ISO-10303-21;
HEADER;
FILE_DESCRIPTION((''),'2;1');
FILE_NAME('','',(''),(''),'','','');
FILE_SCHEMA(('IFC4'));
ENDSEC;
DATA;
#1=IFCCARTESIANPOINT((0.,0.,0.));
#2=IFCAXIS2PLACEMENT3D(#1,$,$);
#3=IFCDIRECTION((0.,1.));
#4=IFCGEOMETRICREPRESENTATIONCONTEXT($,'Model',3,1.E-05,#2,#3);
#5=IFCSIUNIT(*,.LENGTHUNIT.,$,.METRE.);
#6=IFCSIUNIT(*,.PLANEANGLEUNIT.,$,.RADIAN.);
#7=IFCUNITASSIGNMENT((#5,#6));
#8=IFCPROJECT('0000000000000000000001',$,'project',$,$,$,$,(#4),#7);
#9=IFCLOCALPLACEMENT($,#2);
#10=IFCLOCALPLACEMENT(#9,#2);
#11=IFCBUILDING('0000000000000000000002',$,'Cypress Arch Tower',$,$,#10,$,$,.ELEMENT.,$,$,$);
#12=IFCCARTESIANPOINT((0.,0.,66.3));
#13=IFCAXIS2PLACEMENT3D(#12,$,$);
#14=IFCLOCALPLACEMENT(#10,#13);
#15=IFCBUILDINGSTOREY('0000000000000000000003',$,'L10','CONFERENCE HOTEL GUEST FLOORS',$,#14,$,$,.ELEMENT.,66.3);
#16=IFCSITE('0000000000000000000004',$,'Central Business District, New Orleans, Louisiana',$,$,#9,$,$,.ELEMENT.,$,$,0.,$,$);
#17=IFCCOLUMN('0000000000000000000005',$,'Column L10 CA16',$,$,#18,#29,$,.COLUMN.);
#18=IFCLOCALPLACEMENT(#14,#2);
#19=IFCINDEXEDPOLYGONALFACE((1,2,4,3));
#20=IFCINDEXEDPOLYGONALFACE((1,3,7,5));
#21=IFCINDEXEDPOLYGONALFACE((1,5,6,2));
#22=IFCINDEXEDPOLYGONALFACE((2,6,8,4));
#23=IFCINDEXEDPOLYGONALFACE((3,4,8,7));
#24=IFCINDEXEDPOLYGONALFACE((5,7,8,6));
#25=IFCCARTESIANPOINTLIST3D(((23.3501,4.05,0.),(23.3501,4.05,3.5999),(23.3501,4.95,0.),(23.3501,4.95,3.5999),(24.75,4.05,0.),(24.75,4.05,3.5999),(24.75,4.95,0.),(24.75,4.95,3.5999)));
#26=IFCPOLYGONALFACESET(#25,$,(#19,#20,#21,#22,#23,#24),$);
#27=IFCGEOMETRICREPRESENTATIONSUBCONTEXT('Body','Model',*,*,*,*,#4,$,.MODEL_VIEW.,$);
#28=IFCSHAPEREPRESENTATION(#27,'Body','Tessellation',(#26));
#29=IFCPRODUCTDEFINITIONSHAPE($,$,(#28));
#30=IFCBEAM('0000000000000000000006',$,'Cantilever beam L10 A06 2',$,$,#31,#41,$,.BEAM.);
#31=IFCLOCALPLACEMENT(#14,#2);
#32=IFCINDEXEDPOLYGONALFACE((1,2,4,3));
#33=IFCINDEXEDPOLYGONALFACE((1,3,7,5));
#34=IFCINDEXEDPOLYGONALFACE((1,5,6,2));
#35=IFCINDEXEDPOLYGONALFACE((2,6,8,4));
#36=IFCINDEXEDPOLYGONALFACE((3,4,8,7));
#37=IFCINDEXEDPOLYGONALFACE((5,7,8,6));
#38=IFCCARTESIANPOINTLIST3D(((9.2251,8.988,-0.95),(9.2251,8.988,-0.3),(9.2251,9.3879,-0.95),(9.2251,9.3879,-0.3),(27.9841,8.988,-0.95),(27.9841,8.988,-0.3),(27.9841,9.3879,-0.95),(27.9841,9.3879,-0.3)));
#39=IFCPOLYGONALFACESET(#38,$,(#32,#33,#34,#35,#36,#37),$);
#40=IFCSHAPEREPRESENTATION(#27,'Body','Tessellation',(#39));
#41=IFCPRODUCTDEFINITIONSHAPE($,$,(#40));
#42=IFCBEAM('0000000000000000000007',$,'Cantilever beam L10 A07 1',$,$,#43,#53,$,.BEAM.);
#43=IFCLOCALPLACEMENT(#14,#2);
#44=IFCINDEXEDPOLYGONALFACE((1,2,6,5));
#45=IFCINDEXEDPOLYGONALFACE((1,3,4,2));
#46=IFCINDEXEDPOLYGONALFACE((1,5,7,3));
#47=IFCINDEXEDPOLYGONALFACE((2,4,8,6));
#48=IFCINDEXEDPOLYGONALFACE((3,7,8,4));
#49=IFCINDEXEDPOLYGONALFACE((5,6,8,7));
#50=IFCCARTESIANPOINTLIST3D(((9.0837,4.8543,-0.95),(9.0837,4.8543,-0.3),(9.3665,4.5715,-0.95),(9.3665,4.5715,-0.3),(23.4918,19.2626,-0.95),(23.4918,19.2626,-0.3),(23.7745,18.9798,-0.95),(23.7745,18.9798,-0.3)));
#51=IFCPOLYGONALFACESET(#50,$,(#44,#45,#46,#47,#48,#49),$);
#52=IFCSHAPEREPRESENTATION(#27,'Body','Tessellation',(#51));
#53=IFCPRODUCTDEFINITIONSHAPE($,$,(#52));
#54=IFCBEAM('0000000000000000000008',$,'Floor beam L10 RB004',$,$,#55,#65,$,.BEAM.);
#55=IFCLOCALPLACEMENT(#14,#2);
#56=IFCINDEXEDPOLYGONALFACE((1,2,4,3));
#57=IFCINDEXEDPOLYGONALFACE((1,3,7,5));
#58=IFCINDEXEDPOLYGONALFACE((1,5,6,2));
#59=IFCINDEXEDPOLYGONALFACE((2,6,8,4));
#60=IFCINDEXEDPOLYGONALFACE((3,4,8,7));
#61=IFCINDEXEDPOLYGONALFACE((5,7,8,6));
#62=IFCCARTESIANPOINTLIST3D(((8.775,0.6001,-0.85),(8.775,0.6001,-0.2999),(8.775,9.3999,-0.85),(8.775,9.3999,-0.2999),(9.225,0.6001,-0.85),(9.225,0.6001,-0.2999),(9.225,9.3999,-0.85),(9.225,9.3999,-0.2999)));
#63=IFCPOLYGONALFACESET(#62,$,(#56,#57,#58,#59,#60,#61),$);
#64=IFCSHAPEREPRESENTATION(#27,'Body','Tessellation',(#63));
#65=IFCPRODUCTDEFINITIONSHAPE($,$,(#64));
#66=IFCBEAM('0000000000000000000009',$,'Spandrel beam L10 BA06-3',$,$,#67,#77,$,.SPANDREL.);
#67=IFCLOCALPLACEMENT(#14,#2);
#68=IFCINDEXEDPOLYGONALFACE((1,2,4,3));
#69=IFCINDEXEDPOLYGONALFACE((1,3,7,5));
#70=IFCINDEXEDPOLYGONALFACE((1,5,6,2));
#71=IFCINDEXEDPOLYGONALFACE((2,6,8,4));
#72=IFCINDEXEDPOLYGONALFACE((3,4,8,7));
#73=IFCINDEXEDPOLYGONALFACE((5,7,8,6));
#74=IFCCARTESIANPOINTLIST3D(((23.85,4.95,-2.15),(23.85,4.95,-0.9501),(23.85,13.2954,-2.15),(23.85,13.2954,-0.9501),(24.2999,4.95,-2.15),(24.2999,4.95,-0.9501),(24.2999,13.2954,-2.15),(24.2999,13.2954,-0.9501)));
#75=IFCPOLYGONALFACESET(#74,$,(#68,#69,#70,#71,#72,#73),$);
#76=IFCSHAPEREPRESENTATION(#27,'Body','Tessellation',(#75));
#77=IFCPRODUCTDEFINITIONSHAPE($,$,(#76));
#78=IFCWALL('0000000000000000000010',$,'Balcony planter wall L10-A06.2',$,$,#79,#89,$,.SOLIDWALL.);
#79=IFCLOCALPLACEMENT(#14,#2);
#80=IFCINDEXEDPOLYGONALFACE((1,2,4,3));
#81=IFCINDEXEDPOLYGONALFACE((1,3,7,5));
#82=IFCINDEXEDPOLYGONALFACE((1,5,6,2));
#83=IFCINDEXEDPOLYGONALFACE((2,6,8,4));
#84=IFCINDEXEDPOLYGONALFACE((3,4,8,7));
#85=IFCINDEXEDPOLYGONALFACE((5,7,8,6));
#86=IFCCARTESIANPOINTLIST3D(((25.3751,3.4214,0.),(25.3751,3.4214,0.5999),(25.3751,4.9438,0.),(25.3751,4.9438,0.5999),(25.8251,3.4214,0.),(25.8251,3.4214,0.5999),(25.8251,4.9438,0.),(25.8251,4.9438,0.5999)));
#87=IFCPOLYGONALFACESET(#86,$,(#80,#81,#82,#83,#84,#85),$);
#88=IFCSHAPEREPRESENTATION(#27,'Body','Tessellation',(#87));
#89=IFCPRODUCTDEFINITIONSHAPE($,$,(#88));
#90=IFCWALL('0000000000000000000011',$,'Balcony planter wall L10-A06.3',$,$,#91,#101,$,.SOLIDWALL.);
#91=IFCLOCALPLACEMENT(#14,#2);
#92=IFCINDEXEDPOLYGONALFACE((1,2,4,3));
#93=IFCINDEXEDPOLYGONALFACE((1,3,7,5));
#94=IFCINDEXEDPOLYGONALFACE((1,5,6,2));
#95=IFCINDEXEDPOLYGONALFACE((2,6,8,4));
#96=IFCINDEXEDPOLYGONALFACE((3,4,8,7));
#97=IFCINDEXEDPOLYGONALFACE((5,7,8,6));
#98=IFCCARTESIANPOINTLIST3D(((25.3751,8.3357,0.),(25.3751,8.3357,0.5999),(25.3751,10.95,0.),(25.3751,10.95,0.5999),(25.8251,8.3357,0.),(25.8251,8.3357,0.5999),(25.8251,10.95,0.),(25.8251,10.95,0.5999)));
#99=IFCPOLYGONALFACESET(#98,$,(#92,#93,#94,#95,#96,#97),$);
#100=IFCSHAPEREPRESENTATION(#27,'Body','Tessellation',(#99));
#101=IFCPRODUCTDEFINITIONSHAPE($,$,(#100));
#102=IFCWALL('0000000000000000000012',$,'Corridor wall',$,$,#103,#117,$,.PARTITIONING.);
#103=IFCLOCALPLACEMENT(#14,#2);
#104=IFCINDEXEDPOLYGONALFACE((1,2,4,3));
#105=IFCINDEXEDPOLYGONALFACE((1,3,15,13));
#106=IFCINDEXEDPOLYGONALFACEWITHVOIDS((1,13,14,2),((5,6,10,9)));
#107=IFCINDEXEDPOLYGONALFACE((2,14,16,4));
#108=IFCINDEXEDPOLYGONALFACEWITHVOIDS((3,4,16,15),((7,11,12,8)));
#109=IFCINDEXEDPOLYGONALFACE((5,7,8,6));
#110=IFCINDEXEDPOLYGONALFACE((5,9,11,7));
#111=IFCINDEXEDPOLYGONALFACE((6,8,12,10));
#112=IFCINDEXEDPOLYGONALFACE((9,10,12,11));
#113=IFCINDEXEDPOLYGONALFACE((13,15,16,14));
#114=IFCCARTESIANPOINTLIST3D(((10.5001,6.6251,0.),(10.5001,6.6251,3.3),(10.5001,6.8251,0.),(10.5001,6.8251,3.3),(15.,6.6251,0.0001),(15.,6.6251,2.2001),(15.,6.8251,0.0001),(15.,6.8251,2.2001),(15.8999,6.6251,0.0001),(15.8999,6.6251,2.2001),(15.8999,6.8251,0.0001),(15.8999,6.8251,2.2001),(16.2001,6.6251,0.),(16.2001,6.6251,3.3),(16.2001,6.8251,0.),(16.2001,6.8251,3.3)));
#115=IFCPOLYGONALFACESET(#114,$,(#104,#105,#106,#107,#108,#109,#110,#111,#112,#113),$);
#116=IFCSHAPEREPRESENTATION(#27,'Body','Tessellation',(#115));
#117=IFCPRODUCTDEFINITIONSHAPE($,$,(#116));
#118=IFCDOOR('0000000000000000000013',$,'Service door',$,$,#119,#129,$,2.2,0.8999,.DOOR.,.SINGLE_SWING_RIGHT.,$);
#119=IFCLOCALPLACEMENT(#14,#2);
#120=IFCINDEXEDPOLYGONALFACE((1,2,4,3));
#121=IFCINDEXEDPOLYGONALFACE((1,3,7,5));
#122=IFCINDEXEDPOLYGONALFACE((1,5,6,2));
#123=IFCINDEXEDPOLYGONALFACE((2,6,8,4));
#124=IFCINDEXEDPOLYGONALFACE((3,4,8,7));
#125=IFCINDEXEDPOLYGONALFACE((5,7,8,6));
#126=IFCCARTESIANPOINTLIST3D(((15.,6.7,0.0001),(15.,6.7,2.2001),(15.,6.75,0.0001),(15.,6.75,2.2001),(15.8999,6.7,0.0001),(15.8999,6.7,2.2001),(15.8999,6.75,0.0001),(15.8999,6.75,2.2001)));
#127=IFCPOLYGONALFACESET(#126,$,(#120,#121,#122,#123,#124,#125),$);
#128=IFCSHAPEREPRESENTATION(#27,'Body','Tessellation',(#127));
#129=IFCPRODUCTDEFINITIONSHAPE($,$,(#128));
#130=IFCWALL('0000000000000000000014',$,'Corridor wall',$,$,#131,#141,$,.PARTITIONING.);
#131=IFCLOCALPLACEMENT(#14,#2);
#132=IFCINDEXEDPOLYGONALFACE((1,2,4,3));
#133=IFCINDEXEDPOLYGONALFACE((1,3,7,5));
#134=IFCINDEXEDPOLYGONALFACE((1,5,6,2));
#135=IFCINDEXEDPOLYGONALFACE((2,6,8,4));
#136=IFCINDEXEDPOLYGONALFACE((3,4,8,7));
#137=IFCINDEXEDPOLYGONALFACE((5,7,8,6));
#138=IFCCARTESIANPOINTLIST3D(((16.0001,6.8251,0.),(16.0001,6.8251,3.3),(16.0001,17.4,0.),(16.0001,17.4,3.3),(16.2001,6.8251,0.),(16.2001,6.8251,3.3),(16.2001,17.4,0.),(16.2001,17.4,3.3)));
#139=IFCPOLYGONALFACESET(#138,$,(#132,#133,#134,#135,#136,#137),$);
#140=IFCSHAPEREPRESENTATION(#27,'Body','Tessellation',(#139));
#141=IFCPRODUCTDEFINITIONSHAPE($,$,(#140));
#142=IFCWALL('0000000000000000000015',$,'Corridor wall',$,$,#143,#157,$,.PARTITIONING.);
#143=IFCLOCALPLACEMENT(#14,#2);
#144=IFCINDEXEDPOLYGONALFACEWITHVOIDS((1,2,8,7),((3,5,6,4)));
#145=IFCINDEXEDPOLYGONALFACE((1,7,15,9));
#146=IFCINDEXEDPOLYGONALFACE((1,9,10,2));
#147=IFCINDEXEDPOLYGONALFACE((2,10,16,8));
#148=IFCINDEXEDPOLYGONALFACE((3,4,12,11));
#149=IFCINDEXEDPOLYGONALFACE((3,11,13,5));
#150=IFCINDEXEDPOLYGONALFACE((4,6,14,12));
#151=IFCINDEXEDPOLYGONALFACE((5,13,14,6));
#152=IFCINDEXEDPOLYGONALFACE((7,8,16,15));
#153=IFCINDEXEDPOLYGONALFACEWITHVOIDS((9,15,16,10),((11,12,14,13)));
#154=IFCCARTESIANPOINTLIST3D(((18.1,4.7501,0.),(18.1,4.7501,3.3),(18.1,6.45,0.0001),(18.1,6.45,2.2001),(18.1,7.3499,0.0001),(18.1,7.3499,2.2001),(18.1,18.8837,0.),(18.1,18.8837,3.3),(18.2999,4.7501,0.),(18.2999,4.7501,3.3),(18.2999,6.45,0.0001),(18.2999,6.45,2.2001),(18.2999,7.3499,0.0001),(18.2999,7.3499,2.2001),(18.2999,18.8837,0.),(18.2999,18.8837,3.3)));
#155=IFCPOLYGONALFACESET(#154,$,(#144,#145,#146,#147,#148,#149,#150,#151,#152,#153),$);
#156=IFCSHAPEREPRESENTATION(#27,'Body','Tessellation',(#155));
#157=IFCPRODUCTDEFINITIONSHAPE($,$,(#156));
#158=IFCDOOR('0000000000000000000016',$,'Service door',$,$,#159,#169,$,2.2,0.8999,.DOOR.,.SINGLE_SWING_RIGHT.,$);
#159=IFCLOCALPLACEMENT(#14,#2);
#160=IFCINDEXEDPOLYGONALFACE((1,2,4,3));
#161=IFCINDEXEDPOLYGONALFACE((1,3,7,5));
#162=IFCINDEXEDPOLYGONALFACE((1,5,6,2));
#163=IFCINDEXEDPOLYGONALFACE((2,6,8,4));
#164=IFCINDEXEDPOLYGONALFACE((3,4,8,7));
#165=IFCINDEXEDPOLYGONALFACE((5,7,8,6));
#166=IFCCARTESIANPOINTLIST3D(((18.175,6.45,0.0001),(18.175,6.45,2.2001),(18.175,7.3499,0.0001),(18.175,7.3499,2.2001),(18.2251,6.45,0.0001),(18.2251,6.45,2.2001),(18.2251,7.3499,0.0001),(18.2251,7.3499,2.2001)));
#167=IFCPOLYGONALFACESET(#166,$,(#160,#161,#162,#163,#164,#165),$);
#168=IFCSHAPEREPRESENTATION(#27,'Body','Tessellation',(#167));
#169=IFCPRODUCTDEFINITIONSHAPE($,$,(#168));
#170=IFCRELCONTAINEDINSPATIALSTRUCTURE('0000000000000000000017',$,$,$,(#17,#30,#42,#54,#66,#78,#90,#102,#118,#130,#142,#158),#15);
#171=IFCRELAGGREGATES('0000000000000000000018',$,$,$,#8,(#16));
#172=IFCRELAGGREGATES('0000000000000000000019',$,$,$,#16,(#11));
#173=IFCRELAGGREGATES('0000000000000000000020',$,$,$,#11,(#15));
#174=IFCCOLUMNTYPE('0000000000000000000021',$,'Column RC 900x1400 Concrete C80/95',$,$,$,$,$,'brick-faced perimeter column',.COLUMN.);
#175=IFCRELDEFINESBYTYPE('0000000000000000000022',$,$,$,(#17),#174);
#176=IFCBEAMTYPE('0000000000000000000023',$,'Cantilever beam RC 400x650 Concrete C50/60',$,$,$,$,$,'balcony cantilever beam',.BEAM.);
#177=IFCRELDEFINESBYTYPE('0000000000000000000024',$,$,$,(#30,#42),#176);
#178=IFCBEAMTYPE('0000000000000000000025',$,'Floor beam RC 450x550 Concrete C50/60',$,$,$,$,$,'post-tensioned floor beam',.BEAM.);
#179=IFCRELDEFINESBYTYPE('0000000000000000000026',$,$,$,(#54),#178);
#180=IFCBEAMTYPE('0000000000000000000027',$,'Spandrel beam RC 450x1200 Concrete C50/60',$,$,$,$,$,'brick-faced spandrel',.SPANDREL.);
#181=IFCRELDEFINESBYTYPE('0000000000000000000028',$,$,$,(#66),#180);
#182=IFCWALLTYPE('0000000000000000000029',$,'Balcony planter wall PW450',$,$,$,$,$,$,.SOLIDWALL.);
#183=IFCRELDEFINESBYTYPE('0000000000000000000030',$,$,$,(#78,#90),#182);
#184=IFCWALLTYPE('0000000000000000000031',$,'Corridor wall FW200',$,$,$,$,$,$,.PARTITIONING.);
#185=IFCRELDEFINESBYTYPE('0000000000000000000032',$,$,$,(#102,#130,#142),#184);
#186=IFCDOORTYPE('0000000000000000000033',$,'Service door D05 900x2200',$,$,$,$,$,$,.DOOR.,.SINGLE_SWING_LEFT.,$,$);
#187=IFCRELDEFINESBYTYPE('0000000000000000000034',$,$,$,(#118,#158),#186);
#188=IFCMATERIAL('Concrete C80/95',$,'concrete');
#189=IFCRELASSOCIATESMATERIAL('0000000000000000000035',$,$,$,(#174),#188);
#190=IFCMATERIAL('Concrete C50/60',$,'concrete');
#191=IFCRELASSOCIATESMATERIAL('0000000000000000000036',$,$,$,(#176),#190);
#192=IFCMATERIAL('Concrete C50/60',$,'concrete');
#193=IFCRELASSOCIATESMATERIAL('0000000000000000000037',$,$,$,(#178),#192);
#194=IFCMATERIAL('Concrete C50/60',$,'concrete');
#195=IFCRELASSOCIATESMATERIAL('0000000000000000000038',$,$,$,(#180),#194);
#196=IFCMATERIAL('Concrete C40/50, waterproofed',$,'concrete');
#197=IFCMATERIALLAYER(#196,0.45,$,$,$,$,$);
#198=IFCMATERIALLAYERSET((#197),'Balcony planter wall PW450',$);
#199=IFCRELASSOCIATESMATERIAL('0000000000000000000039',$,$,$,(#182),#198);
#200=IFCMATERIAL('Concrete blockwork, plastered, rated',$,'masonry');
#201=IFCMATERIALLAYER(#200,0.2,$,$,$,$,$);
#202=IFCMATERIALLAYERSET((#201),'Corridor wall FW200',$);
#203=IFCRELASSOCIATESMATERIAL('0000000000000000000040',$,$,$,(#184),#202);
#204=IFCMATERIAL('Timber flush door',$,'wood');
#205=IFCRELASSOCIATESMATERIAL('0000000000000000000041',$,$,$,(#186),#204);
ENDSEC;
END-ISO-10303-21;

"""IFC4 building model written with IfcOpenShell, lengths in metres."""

from ifc_helpers import new_model, si_unit, direction, frame, frame_2d, origin, origin_2d, place, context, subcontext, project, spatial, rectangle, extrude, material, layer, layer_set, material_profile, profile_set, type_object, element, fill, save


model = new_model("IFC4")

# Units and contexts
model_context = context("Model", 3, precision=1e-05, world=origin(), true_north=direction((0.0, 1.0)))
body_context = subcontext(model_context, "Body", "Model", "MODEL_VIEW")
ifc_project = project(units=[si_unit("LENGTHUNIT", "METRE"), si_unit("PLANEANGLEUNIT", "RADIAN")], contexts=[model_context])

# Site, building, storey
site_placement = place(None, origin())
site = spatial("IfcSite", under=ifc_project, at=site_placement, Name="Central Business District, New Orleans, Louisiana", CompositionType="ELEMENT", RefElevation=0.0)
building_placement = place(site_placement, origin())
building = spatial("IfcBuilding", under=site, at=building_placement, Name="Cypress Arch Tower", CompositionType="ELEMENT")
storey_placement = place(building_placement, frame((0.0, 0.0, 66.3)))
storey = spatial("IfcBuildingStorey", under=building, at=storey_placement, Name="L10", Description="CONFERENCE HOTEL GUEST FLOORS", CompositionType="ELEMENT", Elevation=66.3)

# Column
ifc_material_1 = material(Name="Concrete C80/95", Category="concrete")
ifc_material_profile_1 = material_profile(ifc_material_1, rectangle(XDim=0.8999, YDim=1.3999, at=origin_2d()), Name="RC 900x1400")
ifc_profile_set_1 = profile_set([ifc_material_profile_1], Name="Concrete C80/95")
column_type = type_object("IfcColumnType", Name="Column RC 900x1400 Concrete C80/95", ElementType="brick-faced perimeter column", PredefinedType="COLUMN", material=ifc_profile_set_1)
column_placement = place(storey_placement, frame((24.05, 4.5, 0.0), z_axis=(0.0, 0.0, 1.0), x_axis=(0.0, 1.0, 0.0)))
element("IfcColumn", 1, at=column_placement, inside=storey, type_object=column_type, Name="Column L10 CA16", PredefinedType="COLUMN", context=body_context, shape_type="SweptSolid", body=[
    extrude(rectangle(XDim=0.8999, YDim=1.3999, at=origin_2d()), origin(), (0.0, 0.0, 1.0), 3.5999),
])

# Beams
ifc_material_2 = material(Name="Concrete C50/60", Category="concrete")
ifc_material_profile_2 = material_profile(ifc_material_2, rectangle(XDim=0.3999, YDim=0.6499, at=origin_2d()), Name="RC 400x650")
ifc_profile_set_2 = profile_set([ifc_material_profile_2], Name="Concrete C50/60")
beam_type_1 = type_object("IfcBeamType", Name="Cantilever beam RC 400x650 Concrete C50/60", ElementType="balcony cantilever beam", PredefinedType="BEAM", material=ifc_profile_set_2)
beam_1_placement = place(storey_placement, frame((9.2251, 9.188, -0.625), z_axis=(1.0, 0.0, 0.0), x_axis=(0.0, 1.0, 0.0)))
element("IfcBeam", 2, at=beam_1_placement, inside=storey, type_object=beam_type_1, Name="Cantilever beam L10 A06 2", PredefinedType="BEAM", context=body_context, shape_type="SweptSolid", body=[
    extrude(rectangle(XDim=0.3999, YDim=0.6499, at=origin_2d()), origin(), (0.0, 0.0, 1.0), 18.759),
])
beam_2_placement = place(storey_placement, frame((9.2251, 4.7129, -0.625), z_axis=(0.707101, 0.707113, 0.0), x_axis=(-0.707113, 0.707101, 0.0)))
element("IfcBeam", 3, at=beam_2_placement, inside=storey, type_object=beam_type_1, Name="Cantilever beam L10 A07 1", PredefinedType="BEAM", context=body_context, shape_type="SweptSolid", body=[
    extrude(rectangle(XDim=0.3999, YDim=0.6499, at=origin_2d()), origin(), (0.0, 0.0, 1.0), 20.3762),
])
ifc_material_3 = material(Name="Concrete C50/60", Category="concrete")
ifc_material_profile_3 = material_profile(ifc_material_3, rectangle(XDim=0.45, YDim=0.55, at=origin_2d()), Name="RC 450x550")
ifc_profile_set_3 = profile_set([ifc_material_profile_3], Name="Concrete C50/60")
beam_type_2 = type_object("IfcBeamType", Name="Floor beam RC 450x550 Concrete C50/60", ElementType="post-tensioned floor beam", PredefinedType="BEAM", material=ifc_profile_set_3)
beam_3_placement = place(storey_placement, frame((9.0, 0.6001, -0.575), z_axis=(0.0, 1.0, 0.0), x_axis=(-1.0, 0.0, 0.0)))
element("IfcBeam", 4, at=beam_3_placement, inside=storey, type_object=beam_type_2, Name="Floor beam L10 RB004", PredefinedType="BEAM", context=body_context, shape_type="SweptSolid", body=[
    extrude(rectangle(XDim=0.45, YDim=0.55, at=origin_2d()), origin(), (0.0, 0.0, 1.0), 8.7998),
])
ifc_material_4 = material(Name="Concrete C50/60", Category="concrete")
ifc_material_profile_4 = material_profile(ifc_material_4, rectangle(XDim=0.45, YDim=1.2, at=origin_2d()), Name="RC 450x1200")
ifc_profile_set_4 = profile_set([ifc_material_profile_4], Name="Concrete C50/60")
beam_type_3 = type_object("IfcBeamType", Name="Spandrel beam RC 450x1200 Concrete C50/60", ElementType="brick-faced spandrel", PredefinedType="SPANDREL", material=ifc_profile_set_4)
beam_4_placement = place(storey_placement, frame((24.075, 4.95, -1.55), z_axis=(0.0, 1.0, 0.0), x_axis=(-1.0, 0.0, 0.0)))
element("IfcBeam", 5, at=beam_4_placement, inside=storey, type_object=beam_type_3, Name="Spandrel beam L10 BA06-3", PredefinedType="SPANDREL", context=body_context, shape_type="SweptSolid", body=[
    extrude(rectangle(XDim=0.45, YDim=1.2, at=origin_2d()), origin(), (0.0, 0.0, 1.0), 8.3455),
])

# Walls
ifc_material_5 = material(Name="Concrete C40/50, waterproofed", Category="concrete")
ifc_layer_1 = layer(ifc_material_5, 0.45)
ifc_layer_set_1 = layer_set([ifc_layer_1], Name="Balcony planter wall PW450")
wall_type_1 = type_object("IfcWallType", Name="Balcony planter wall PW450", PredefinedType="SOLIDWALL", material=ifc_layer_set_1)
wall_1_placement = place(storey_placement, frame((25.6001, 3.4214, 0.0), z_axis=(0.0, 0.0, 1.0), x_axis=(0.0, 1.0, 0.0)))
element("IfcWall", 6, at=wall_1_placement, inside=storey, type_object=wall_type_1, Name="Balcony planter wall L10-A06.2", PredefinedType="SOLIDWALL", context=body_context, shape_type="SweptSolid", body=[
    extrude(rectangle(XDim=1.5225, YDim=0.45, at=frame_2d((0.7612, 0.0))), origin(), (0.0, 0.0, 1.0), 0.5999),
])
wall_2_placement = place(storey_placement, frame((25.6001, 8.3357, 0.0), z_axis=(0.0, 0.0, 1.0), x_axis=(0.0, 1.0, 0.0)))
element("IfcWall", 7, at=wall_2_placement, inside=storey, type_object=wall_type_1, Name="Balcony planter wall L10-A06.3", PredefinedType="SOLIDWALL", context=body_context, shape_type="SweptSolid", body=[
    extrude(rectangle(XDim=2.6143, YDim=0.45, at=frame_2d((1.3071, 0.0))), origin(), (0.0, 0.0, 1.0), 0.5999),
])

# Wall, opening, door
ifc_material_6 = material(Name="Concrete blockwork, plastered, rated", Category="masonry")
ifc_layer_2 = layer(ifc_material_6, 0.2)
ifc_layer_set_2 = layer_set([ifc_layer_2], Name="Corridor wall FW200")
wall_type_2 = type_object("IfcWallType", Name="Corridor wall FW200", PredefinedType="PARTITIONING", material=ifc_layer_set_2)
wall_3_placement = place(storey_placement, frame((10.5, 6.7251, 0.0), z_axis=(0.0, 0.0, 1.0), x_axis=(1.0, 0.0, 0.0)))
wall_3 = element("IfcWall", 8, at=wall_3_placement, inside=storey, type_object=wall_type_2, Name="Corridor wall", PredefinedType="PARTITIONING", context=body_context, shape_type="SweptSolid", body=[
    extrude(rectangle(XDim=5.7, YDim=0.2, at=frame_2d((2.8501, 0.0))), origin(), (0.0, 0.0, 1.0), 3.3),
])
opening_1_placement = place(wall_3_placement, frame((4.5, 0.0, 0.0)))
opening_1 = element("IfcOpeningElement", 9, at=opening_1_placement, cuts=wall_3, PredefinedType="OPENING", context=body_context, shape_type="SweptSolid", body=[
    extrude(rectangle(XDim=0.8999, YDim=2.2, at=frame_2d((0.45, 1.1001))), frame((0.0, 0.1099, 0.0), z_axis=(0.0, -1.0, 0.0), x_axis=(1.0, 0.0, 0.0)), (0.0, 0.0, 1.0), 0.22),
])
ifc_material_7 = material(Name="Timber flush door", Category="wood")
door_type_1 = type_object("IfcDoorType", Name="Service door D05 900x2200", OperationType="SINGLE_SWING_LEFT", PredefinedType="DOOR", material=ifc_material_7)
door_1_placement = place(opening_1_placement, origin())
door_1 = element("IfcDoor", 10, at=door_1_placement, inside=storey, type_object=door_type_1, Name="Service door", OperationType="SINGLE_SWING_RIGHT", OverallHeight=2.2, OverallWidth=0.8999, PredefinedType="DOOR", context=body_context, shape_type="SweptSolid", body=[
    extrude(rectangle(XDim=0.8999, YDim=2.2, at=frame_2d((0.45, 1.1001))), frame((0.0, 0.0249, 0.0), z_axis=(0.0, -1.0, 0.0), x_axis=(1.0, 0.0, 0.0)), (0.0, 0.0, 1.0), 0.05),
])
fill(opening_1, door_1)

# Wall
wall_4_placement = place(storey_placement, frame((16.1001, 6.825, 0.0), z_axis=(0.0, 0.0, 1.0), x_axis=(0.0, 1.0, 0.0)))
element("IfcWall", 11, at=wall_4_placement, inside=storey, type_object=wall_type_2, Name="Corridor wall", PredefinedType="PARTITIONING", context=body_context, shape_type="SweptSolid", body=[
    extrude(rectangle(XDim=10.575, YDim=0.2, at=frame_2d((5.2876, 0.0))), origin(), (0.0, 0.0, 1.0), 3.3),
])

# Wall, opening, door
wall_5_placement = place(storey_placement, frame((18.2, 4.75, 0.0), z_axis=(0.0, 0.0, 1.0), x_axis=(0.0, 1.0, 0.0)))
wall_5 = element("IfcWall", 12, at=wall_5_placement, inside=storey, type_object=wall_type_2, Name="Corridor wall", PredefinedType="PARTITIONING", context=body_context, shape_type="SweptSolid", body=[
    extrude(rectangle(XDim=14.1335, YDim=0.2, at=frame_2d((7.0669, 0.0))), origin(), (0.0, 0.0, 1.0), 3.3),
])
opening_2_placement = place(wall_5_placement, frame((1.7, 0.0, 0.0)))
opening_2 = element("IfcOpeningElement", 13, at=opening_2_placement, cuts=wall_5, PredefinedType="OPENING", context=body_context, shape_type="SweptSolid", body=[
    extrude(rectangle(XDim=0.8999, YDim=2.2, at=frame_2d((0.45, 1.1001))), frame((0.0, 0.1099, 0.0), z_axis=(0.0, -1.0, 0.0), x_axis=(1.0, 0.0, 0.0)), (0.0, 0.0, 1.0), 0.22),
])
door_2_placement = place(opening_2_placement, origin())
door_2 = element("IfcDoor", 14, at=door_2_placement, inside=storey, type_object=door_type_1, Name="Service door", OperationType="SINGLE_SWING_RIGHT", OverallHeight=2.2, OverallWidth=0.8999, PredefinedType="DOOR", context=body_context, shape_type="SweptSolid", body=[
    extrude(rectangle(XDim=0.8999, YDim=2.2, at=frame_2d((0.45, 1.1001))), frame((0.0, 0.0249, 0.0), z_axis=(0.0, -1.0, 0.0), x_axis=(1.0, 0.0, 0.0)), (0.0, 0.0, 1.0), 0.05),
])
fill(opening_2, door_2)

save(model, "model.ifc")
